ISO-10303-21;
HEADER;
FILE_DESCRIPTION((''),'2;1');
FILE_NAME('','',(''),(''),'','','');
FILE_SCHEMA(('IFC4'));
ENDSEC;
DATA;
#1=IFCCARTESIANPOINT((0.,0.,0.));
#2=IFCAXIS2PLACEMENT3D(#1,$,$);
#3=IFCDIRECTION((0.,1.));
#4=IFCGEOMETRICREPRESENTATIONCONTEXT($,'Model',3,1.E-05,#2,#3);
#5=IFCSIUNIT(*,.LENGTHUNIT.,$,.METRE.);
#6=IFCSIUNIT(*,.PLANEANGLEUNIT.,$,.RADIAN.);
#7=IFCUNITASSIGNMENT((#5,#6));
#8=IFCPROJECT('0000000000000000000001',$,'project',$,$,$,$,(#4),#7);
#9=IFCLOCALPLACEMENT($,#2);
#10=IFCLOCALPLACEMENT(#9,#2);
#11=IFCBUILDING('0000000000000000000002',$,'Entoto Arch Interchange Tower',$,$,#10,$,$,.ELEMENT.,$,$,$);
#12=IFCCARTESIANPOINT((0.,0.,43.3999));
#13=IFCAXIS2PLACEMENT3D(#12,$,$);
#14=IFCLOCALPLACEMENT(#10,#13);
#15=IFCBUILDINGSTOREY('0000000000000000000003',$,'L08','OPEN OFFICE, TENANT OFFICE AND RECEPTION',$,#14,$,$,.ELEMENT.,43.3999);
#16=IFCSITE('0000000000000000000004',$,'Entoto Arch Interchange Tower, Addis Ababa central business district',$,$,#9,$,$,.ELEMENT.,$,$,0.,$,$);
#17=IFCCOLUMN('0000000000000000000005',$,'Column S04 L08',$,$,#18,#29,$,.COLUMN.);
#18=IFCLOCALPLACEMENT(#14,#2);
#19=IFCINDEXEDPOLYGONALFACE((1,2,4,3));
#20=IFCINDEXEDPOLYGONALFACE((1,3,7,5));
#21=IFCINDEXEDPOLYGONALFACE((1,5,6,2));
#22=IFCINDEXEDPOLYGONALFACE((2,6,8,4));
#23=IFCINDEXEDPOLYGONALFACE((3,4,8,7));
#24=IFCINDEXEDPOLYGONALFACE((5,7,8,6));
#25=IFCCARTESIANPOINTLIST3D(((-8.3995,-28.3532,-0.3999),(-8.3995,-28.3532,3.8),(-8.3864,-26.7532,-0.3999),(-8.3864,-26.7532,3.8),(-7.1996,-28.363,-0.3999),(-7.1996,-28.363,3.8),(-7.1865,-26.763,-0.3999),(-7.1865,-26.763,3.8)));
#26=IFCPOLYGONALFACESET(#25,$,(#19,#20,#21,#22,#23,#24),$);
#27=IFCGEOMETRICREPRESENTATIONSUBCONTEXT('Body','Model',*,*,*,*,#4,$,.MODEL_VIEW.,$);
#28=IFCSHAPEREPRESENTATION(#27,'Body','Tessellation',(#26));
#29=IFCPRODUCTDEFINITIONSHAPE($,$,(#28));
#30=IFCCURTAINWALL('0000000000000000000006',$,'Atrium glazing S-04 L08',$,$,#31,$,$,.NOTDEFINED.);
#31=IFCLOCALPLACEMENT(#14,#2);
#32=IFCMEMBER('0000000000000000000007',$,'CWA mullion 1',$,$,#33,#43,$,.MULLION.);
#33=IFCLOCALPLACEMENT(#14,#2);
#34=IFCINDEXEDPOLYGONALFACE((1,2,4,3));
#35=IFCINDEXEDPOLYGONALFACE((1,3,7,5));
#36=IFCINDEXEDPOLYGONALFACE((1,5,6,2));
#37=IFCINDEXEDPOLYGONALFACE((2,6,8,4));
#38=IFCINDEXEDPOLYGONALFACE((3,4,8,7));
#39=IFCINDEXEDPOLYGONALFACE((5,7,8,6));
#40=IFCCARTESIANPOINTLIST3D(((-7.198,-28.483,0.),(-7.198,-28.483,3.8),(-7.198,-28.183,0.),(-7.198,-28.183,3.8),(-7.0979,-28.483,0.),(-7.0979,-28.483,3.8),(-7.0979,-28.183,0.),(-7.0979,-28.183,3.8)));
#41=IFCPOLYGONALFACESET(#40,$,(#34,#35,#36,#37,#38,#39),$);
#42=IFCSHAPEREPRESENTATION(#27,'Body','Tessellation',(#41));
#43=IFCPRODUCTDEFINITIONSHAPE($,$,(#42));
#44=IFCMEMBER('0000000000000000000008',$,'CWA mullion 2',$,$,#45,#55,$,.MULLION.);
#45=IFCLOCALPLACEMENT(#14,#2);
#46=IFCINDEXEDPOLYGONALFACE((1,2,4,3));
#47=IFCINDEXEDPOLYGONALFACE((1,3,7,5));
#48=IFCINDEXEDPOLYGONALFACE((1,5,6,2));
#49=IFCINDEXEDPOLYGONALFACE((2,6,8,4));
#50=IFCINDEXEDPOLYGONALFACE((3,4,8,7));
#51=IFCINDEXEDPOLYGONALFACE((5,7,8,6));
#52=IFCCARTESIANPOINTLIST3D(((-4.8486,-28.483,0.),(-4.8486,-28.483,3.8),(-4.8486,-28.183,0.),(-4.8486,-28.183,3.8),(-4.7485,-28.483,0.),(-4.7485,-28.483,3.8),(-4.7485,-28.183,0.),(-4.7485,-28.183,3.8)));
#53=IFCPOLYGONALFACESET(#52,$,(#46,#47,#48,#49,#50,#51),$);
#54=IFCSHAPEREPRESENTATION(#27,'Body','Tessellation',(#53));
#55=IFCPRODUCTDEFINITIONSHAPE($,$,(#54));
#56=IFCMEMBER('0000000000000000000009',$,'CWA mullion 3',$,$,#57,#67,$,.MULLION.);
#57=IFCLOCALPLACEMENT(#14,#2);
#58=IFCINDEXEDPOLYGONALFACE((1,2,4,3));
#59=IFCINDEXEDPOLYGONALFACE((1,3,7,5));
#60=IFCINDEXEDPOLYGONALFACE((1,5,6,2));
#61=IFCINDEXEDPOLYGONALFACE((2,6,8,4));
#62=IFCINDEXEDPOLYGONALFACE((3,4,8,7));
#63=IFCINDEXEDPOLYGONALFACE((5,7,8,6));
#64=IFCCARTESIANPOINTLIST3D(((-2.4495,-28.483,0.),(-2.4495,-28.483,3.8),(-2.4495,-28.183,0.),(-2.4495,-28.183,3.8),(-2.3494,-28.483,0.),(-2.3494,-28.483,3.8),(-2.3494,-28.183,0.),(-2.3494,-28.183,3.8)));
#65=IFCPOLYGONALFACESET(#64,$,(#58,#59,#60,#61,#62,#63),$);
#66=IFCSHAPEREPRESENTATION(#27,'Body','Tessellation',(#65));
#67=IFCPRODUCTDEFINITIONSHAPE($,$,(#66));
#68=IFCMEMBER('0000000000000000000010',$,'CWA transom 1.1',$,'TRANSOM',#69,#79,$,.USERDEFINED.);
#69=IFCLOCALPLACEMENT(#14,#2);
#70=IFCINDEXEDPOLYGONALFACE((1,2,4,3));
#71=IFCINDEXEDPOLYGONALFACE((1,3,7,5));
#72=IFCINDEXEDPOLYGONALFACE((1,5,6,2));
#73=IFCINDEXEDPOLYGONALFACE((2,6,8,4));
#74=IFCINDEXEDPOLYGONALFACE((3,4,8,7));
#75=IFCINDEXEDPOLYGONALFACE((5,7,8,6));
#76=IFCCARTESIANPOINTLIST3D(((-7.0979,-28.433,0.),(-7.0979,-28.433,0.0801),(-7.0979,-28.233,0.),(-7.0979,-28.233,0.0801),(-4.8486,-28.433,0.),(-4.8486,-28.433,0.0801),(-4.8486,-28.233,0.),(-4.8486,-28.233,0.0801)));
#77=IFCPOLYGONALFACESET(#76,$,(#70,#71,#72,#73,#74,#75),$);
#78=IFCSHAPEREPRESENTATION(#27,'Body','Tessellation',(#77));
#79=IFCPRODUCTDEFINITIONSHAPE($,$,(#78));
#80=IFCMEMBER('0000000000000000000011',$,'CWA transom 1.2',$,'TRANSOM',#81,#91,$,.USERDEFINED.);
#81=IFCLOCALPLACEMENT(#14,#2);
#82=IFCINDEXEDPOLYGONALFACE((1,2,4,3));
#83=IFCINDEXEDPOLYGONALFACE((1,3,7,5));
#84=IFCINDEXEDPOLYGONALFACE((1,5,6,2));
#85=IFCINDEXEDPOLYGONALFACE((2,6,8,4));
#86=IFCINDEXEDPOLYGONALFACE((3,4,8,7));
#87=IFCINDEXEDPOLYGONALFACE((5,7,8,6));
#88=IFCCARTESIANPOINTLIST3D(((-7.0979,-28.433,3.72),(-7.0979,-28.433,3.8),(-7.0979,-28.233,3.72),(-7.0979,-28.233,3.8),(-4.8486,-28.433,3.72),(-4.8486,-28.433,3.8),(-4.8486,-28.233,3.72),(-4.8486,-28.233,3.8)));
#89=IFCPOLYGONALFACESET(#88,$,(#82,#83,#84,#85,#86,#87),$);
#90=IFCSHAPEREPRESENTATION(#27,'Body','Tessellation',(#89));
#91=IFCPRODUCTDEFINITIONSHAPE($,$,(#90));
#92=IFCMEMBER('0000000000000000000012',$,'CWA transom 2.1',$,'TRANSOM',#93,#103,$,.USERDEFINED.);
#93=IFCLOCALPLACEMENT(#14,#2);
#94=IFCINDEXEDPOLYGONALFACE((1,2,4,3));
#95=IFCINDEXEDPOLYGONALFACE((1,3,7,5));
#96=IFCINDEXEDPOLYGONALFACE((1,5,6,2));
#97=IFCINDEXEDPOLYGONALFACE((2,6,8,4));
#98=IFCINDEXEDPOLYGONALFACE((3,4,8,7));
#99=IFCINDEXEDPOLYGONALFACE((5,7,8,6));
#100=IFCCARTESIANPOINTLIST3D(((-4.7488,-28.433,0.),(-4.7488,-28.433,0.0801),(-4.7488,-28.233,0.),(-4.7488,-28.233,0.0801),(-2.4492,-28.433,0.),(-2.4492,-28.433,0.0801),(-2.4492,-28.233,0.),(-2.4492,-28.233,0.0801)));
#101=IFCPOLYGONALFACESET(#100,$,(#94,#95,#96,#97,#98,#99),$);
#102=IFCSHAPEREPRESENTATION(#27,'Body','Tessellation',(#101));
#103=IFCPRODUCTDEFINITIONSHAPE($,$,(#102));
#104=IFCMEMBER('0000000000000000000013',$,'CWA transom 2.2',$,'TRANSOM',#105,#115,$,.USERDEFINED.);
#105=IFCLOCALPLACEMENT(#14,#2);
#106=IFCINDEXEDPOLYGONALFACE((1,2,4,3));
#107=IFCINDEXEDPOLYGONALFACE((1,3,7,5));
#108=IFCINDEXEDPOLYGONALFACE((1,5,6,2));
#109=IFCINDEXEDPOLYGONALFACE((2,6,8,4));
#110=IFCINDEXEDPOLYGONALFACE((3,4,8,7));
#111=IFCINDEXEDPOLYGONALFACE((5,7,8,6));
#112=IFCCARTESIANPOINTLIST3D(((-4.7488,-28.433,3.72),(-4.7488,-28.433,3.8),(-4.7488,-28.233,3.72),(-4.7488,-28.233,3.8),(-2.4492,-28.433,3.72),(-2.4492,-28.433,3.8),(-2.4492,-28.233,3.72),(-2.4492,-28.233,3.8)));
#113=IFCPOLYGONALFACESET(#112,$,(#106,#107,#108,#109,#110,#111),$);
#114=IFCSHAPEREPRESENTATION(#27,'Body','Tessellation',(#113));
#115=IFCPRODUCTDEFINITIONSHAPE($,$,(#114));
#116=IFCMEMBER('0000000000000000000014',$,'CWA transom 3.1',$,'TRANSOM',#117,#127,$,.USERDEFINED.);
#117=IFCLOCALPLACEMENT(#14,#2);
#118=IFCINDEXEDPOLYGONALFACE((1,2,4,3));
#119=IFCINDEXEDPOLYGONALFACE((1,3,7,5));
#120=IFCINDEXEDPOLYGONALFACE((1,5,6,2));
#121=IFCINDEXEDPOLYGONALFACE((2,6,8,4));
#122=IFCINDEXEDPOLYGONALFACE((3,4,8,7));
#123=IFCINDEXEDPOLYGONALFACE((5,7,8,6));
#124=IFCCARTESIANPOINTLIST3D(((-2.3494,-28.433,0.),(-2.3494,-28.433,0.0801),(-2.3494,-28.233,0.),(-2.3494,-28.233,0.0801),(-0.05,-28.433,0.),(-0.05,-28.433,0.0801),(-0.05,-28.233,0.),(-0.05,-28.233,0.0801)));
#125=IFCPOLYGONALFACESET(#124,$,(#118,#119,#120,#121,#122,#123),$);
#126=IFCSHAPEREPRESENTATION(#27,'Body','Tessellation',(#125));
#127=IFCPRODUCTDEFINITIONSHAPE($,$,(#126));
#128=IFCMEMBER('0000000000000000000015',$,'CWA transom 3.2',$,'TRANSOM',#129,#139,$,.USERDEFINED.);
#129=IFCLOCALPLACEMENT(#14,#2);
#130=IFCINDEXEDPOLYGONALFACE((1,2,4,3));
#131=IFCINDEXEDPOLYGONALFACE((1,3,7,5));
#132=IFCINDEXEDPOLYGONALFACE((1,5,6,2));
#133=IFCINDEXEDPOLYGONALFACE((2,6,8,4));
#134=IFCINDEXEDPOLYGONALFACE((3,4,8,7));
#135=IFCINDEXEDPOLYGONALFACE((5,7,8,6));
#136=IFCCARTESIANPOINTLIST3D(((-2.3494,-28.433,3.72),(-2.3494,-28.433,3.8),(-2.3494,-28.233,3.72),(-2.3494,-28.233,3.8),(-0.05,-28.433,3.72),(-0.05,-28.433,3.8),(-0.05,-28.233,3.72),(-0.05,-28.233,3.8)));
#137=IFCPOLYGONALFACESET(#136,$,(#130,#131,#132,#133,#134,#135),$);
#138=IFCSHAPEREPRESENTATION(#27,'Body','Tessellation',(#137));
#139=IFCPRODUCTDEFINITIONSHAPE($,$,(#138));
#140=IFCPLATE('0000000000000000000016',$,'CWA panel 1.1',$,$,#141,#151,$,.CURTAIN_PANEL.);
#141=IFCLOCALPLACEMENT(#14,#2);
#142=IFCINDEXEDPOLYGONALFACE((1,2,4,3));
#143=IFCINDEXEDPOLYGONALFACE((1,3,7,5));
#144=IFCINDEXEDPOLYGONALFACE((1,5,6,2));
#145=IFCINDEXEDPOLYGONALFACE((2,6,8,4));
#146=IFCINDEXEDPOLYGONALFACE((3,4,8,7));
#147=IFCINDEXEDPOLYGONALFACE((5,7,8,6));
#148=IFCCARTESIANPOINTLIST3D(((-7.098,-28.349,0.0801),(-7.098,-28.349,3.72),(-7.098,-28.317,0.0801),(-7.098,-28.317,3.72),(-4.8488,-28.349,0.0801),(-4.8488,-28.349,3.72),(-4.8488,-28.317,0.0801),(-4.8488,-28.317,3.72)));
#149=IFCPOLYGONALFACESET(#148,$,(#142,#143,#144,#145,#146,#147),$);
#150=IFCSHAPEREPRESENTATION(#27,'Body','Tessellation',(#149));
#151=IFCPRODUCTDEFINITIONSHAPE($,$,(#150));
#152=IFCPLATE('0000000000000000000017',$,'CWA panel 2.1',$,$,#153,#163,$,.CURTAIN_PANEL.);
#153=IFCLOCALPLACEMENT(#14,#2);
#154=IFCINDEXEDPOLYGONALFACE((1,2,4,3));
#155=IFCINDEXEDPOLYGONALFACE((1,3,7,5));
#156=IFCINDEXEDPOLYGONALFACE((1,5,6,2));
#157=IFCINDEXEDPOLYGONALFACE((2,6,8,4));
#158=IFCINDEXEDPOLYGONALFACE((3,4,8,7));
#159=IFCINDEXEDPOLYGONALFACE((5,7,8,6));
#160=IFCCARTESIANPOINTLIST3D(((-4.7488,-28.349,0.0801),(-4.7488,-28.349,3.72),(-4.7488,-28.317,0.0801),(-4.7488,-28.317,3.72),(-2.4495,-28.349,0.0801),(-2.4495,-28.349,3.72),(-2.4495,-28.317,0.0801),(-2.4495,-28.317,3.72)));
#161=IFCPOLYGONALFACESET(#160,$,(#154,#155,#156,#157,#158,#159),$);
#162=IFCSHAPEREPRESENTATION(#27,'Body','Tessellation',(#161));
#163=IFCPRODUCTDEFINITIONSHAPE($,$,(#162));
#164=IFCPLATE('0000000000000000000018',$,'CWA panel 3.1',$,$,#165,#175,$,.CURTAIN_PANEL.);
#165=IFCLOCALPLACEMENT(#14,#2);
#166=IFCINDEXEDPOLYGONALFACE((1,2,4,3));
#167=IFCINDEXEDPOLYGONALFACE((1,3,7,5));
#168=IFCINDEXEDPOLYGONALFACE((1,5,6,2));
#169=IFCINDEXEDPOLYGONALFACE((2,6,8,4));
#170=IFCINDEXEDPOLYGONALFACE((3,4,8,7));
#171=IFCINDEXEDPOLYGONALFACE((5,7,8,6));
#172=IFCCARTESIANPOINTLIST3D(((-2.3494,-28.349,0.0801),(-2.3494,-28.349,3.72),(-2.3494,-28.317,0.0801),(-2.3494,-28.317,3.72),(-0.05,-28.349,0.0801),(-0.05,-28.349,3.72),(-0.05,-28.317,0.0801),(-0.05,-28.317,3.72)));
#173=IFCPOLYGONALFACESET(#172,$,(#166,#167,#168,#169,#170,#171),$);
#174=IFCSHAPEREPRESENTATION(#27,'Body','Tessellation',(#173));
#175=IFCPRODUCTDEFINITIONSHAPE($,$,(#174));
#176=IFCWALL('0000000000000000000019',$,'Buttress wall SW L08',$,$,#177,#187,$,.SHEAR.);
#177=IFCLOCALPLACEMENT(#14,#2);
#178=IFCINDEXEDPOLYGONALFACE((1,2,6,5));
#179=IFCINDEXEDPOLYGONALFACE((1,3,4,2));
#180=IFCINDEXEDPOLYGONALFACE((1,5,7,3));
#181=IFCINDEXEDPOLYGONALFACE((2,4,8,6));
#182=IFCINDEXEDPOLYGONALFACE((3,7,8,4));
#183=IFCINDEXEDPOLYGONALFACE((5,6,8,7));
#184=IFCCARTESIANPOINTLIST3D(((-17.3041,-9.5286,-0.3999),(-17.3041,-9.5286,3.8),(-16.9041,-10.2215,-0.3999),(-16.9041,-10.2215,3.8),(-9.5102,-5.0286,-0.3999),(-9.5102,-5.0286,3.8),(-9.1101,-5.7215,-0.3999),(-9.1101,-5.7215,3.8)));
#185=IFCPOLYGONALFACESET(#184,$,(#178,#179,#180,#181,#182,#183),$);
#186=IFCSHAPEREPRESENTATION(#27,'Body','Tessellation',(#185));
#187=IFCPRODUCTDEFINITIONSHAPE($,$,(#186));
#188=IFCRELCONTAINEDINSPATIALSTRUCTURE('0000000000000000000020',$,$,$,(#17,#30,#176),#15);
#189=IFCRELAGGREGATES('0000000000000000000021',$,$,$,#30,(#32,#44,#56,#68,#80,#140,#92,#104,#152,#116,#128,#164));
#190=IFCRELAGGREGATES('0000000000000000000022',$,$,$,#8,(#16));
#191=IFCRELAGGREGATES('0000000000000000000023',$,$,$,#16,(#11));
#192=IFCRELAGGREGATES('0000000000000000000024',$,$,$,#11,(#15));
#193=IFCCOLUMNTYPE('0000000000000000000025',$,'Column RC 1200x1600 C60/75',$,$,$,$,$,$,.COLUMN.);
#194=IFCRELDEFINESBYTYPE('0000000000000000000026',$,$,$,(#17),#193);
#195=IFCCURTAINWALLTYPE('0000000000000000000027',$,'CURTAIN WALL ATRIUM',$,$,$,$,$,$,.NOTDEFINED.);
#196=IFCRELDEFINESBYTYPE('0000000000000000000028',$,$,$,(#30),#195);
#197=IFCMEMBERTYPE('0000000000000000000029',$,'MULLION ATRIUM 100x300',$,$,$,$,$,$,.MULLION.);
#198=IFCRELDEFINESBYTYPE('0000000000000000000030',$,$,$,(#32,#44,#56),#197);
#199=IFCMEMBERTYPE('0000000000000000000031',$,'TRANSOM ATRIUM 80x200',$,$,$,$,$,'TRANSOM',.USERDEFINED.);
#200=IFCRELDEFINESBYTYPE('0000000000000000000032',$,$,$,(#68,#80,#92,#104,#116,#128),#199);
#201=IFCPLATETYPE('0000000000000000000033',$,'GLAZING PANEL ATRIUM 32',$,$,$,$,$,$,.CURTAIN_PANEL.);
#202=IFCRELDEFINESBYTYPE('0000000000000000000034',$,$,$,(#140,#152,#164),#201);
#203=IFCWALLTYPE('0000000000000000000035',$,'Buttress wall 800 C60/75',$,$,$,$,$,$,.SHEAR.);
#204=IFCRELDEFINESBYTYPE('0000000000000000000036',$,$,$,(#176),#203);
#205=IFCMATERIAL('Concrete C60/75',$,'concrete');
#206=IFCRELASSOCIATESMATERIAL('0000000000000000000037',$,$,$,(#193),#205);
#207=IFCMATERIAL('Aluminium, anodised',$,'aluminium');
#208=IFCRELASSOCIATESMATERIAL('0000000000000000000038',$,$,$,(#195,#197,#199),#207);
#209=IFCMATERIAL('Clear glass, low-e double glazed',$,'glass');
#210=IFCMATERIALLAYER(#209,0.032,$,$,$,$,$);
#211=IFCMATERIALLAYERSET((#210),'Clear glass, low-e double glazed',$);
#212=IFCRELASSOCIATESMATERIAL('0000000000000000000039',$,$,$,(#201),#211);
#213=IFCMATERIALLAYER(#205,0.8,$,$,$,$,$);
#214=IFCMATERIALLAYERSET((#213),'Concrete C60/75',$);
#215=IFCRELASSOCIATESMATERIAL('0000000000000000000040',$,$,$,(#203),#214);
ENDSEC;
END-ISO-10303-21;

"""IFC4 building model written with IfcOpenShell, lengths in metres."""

from ifc_helpers import new_model, si_unit, direction, frame, frame_2d, origin, origin_2d, place, context, subcontext, project, spatial, rectangle, extrude, material, layer, layer_set, material_profile, profile_set, type_object, element, aggregate, save


model = new_model("IFC4")

# Units and contexts
model_context = context("Model", 3, precision=1e-05, world=origin(), true_north=direction((0.0, 1.0)))
body_context = subcontext(model_context, "Body", "Model", "MODEL_VIEW")
ifc_project = project(units=[si_unit("LENGTHUNIT", "METRE"), si_unit("PLANEANGLEUNIT", "RADIAN")], contexts=[model_context])

# Site, building, storey
site_placement = place(None, origin())
site = spatial("IfcSite", under=ifc_project, at=site_placement, Name="Entoto Arch Interchange Tower, Addis Ababa central business district", CompositionType="ELEMENT", RefElevation=0.0)
building_placement = place(site_placement, origin())
building = spatial("IfcBuilding", under=site, at=building_placement, Name="Entoto Arch Interchange Tower", CompositionType="ELEMENT")
storey_placement = place(building_placement, frame((0.0, 0.0, 43.3999)))
storey = spatial("IfcBuildingStorey", under=building, at=storey_placement, Name="L08", Description="OPEN OFFICE, TENANT OFFICE AND RECEPTION", CompositionType="ELEMENT", Elevation=43.3999)

# Column
ifc_material_1 = material(Name="Concrete C60/75", Category="concrete")
ifc_material_profile_1 = material_profile(ifc_material_1, rectangle(XDim=1.2, YDim=1.6001, at=origin_2d()))
ifc_profile_set_1 = profile_set([ifc_material_profile_1], Name="Concrete C60/75")
column_type = type_object("IfcColumnType", Name="Column RC 1200x1600 C60/75", PredefinedType="COLUMN", material=ifc_profile_set_1)
column_placement = place(storey_placement, frame((-7.793, -27.5581, -0.3999), z_axis=(0.0, 0.0, 1.0), x_axis=(-0.999966, 0.008203, 0.0)))
element("IfcColumn", 1, at=column_placement, inside=storey, type_object=column_type, Name="Column S04 L08", PredefinedType="COLUMN", context=body_context, shape_type="SweptSolid", body=[
    extrude(rectangle(XDim=1.2, YDim=1.6001, at=origin_2d()), origin(), (0.0, 0.0, 1.0), 4.2),
])

# Curtain wall, members, plates
ifc_material_2 = material(Name="Aluminium, anodised", Category="aluminium")
curtain_wall_type = type_object("IfcCurtainWallType", Name="CURTAIN WALL ATRIUM", PredefinedType="NOTDEFINED", material=ifc_material_2)
curtain_wall_placement = place(storey_placement, origin())
curtain_wall = element("IfcCurtainWall", 2, at=curtain_wall_placement, inside=storey, type_object=curtain_wall_type, Name="Atrium glazing S-04 L08", PredefinedType="NOTDEFINED")
ifc_material_profile_2 = material_profile(ifc_material_2, rectangle(XDim=0.3, YDim=0.1001, at=origin_2d()))
ifc_profile_set_2 = profile_set([ifc_material_profile_2], Name="Aluminium, anodised")
member_type_1 = type_object("IfcMemberType", Name="MULLION ATRIUM 100x300", PredefinedType="MULLION", material=ifc_profile_set_2)
member_1_placement = place(storey_placement, frame((-7.1479, -28.333, 0.0), z_axis=(0.0, 0.0, 1.0), x_axis=(0.0, 1.0, 0.0)))
member_1 = element("IfcMember", 3, at=member_1_placement, type_object=member_type_1, Name="CWA mullion 1", PredefinedType="MULLION", context=body_context, shape_type="SweptSolid", body=[
    extrude(rectangle(XDim=0.3, YDim=0.1001, at=origin_2d()), origin(), (0.0, 0.0, 1.0), 3.8),
])
member_2_placement = place(storey_placement, frame((-4.7986, -28.333, 0.0), z_axis=(0.0, 0.0, 1.0), x_axis=(0.0, 1.0, 0.0)))
member_2 = element("IfcMember", 4, at=member_2_placement, type_object=member_type_1, Name="CWA mullion 2", PredefinedType="MULLION", context=body_context, shape_type="SweptSolid", body=[
    extrude(rectangle(XDim=0.3, YDim=0.1001, at=origin_2d()), origin(), (0.0, 0.0, 1.0), 3.8),
])
member_3_placement = place(storey_placement, frame((-2.3994, -28.333, 0.0), z_axis=(0.0, 0.0, 1.0), x_axis=(0.0, 1.0, 0.0)))
member_3 = element("IfcMember", 5, at=member_3_placement, type_object=member_type_1, Name="CWA mullion 3", PredefinedType="MULLION", context=body_context, shape_type="SweptSolid", body=[
    extrude(rectangle(XDim=0.3, YDim=0.1001, at=origin_2d()), origin(), (0.0, 0.0, 1.0), 3.8),
])
ifc_material_profile_3 = material_profile(ifc_material_2, rectangle(XDim=0.2, YDim=0.0801, at=origin_2d()))
ifc_profile_set_3 = profile_set([ifc_material_profile_3], Name="Aluminium, anodised")
member_type_2 = type_object("IfcMemberType", Name="TRANSOM ATRIUM 80x200", ElementType="TRANSOM", PredefinedType="USERDEFINED", material=ifc_profile_set_3)
member_4_placement = place(storey_placement, frame((-7.0979, -28.333, 0.04), z_axis=(1.0, 0.0, 0.0), x_axis=(0.0, 1.0, 0.0)))
member_4 = element("IfcMember", 6, at=member_4_placement, type_object=member_type_2, Name="CWA transom 1.1", ObjectType="TRANSOM", PredefinedType="USERDEFINED", context=body_context, shape_type="SweptSolid", body=[
    extrude(rectangle(XDim=0.2, YDim=0.0801, at=origin_2d()), origin(), (0.0, 0.0, 1.0), 2.2493),
])
member_5_placement = place(storey_placement, frame((-7.0979, -28.333, 3.76), z_axis=(1.0, 0.0, 0.0), x_axis=(0.0, 1.0, 0.0)))
member_5 = element("IfcMember", 7, at=member_5_placement, type_object=member_type_2, Name="CWA transom 1.2", ObjectType="TRANSOM", PredefinedType="USERDEFINED", context=body_context, shape_type="SweptSolid", body=[
    extrude(rectangle(XDim=0.2, YDim=0.0801, at=origin_2d()), origin(), (0.0, 0.0, 1.0), 2.2493),
])
member_6_placement = place(storey_placement, frame((-4.7488, -28.333, 0.04), z_axis=(1.0, 0.0, 0.0), x_axis=(0.0, 1.0, 0.0)))
member_6 = element("IfcMember", 8, at=member_6_placement, type_object=member_type_2, Name="CWA transom 2.1", ObjectType="TRANSOM", PredefinedType="USERDEFINED", context=body_context, shape_type="SweptSolid", body=[
    extrude(rectangle(XDim=0.2, YDim=0.0801, at=origin_2d()), origin(), (0.0, 0.0, 1.0), 2.2996),
])
member_7_placement = place(storey_placement, frame((-4.7488, -28.333, 3.76), z_axis=(1.0, 0.0, 0.0), x_axis=(0.0, 1.0, 0.0)))
member_7 = element("IfcMember", 9, at=member_7_placement, type_object=member_type_2, Name="CWA transom 2.2", ObjectType="TRANSOM", PredefinedType="USERDEFINED", context=body_context, shape_type="SweptSolid", body=[
    extrude(rectangle(XDim=0.2, YDim=0.0801, at=origin_2d()), origin(), (0.0, 0.0, 1.0), 2.2996),
])
member_8_placement = place(storey_placement, frame((-2.3494, -28.333, 0.04), z_axis=(1.0, 0.0, 0.0), x_axis=(0.0, 1.0, 0.0)))
member_8 = element("IfcMember", 10, at=member_8_placement, type_object=member_type_2, Name="CWA transom 3.1", ObjectType="TRANSOM", PredefinedType="USERDEFINED", context=body_context, shape_type="SweptSolid", body=[
    extrude(rectangle(XDim=0.2, YDim=0.0801, at=origin_2d()), origin(), (0.0, 0.0, 1.0), 2.2993),
])
member_9_placement = place(storey_placement, frame((-2.3494, -28.333, 3.76), z_axis=(1.0, 0.0, 0.0), x_axis=(0.0, 1.0, 0.0)))
member_9 = element("IfcMember", 11, at=member_9_placement, type_object=member_type_2, Name="CWA transom 3.2", ObjectType="TRANSOM", PredefinedType="USERDEFINED", context=body_context, shape_type="SweptSolid", body=[
    extrude(rectangle(XDim=0.2, YDim=0.0801, at=origin_2d()), origin(), (0.0, 0.0, 1.0), 2.2993),
])
ifc_material_3 = material(Name="Clear glass, low-e double glazed", Category="glass")
ifc_layer_1 = layer(ifc_material_3, 0.032)
ifc_layer_set_1 = layer_set([ifc_layer_1], Name="Clear glass, low-e double glazed")
plate_type = type_object("IfcPlateType", Name="GLAZING PANEL ATRIUM 32", PredefinedType="CURTAIN_PANEL", material=ifc_layer_set_1)
plate_1_placement = place(storey_placement, frame((-5.9734, -28.333, 0.0801), z_axis=(0.0, 0.0, 1.0), x_axis=(1.0, 0.0, 0.0)))
plate_1 = element("IfcPlate", 12, at=plate_1_placement, type_object=plate_type, Name="CWA panel 1.1", PredefinedType="CURTAIN_PANEL", context=body_context, shape_type="SweptSolid", body=[
    extrude(rectangle(XDim=2.2493, YDim=0.032, at=origin_2d()), origin(), (0.0, 0.0, 1.0), 3.6399),
])
plate_2_placement = place(storey_placement, frame((-3.5991, -28.333, 0.0801), z_axis=(0.0, 0.0, 1.0), x_axis=(1.0, 0.0, 0.0)))
plate_2 = element("IfcPlate", 13, at=plate_2_placement, type_object=plate_type, Name="CWA panel 2.1", PredefinedType="CURTAIN_PANEL", context=body_context, shape_type="SweptSolid", body=[
    extrude(rectangle(XDim=2.2993, YDim=0.032, at=origin_2d()), origin(), (0.0, 0.0, 1.0), 3.6399),
])
plate_3_placement = place(storey_placement, frame((-1.1997, -28.333, 0.0801), z_axis=(0.0, 0.0, 1.0), x_axis=(1.0, 0.0, 0.0)))
plate_3 = element("IfcPlate", 14, at=plate_3_placement, type_object=plate_type, Name="CWA panel 3.1", PredefinedType="CURTAIN_PANEL", context=body_context, shape_type="SweptSolid", body=[
    extrude(rectangle(XDim=2.2993, YDim=0.032, at=origin_2d()), origin(), (0.0, 0.0, 1.0), 3.6399),
])
aggregate(curtain_wall, [member_1, member_2, member_3, member_4, member_5, plate_1, member_6, member_7, plate_2, member_8, member_9, plate_3])

# Wall
ifc_layer_2 = layer(ifc_material_1, 0.8)
ifc_layer_set_2 = layer_set([ifc_layer_2], Name="Concrete C60/75")
wall_type_1 = type_object("IfcWallType", Name="Buttress wall 800 C60/75", PredefinedType="SHEAR", material=ifc_layer_set_2)
wall_1_placement = place(storey_placement, frame((-9.3101, -5.375, -0.3999), z_axis=(0.0, 0.0, 1.0), x_axis=(-0.866018, -0.500014, 0.0)))
element("IfcWall", 15, at=wall_1_placement, inside=storey, type_object=wall_type_1, Name="Buttress wall SW L08", PredefinedType="SHEAR", context=body_context, shape_type="SweptSolid", body=[
    extrude(rectangle(XDim=8.9998, YDim=0.8, at=frame_2d((4.5, 0.0))), origin(), (0.0, 0.0, 1.0), 4.2),
])

save(model, "model.ifc")
